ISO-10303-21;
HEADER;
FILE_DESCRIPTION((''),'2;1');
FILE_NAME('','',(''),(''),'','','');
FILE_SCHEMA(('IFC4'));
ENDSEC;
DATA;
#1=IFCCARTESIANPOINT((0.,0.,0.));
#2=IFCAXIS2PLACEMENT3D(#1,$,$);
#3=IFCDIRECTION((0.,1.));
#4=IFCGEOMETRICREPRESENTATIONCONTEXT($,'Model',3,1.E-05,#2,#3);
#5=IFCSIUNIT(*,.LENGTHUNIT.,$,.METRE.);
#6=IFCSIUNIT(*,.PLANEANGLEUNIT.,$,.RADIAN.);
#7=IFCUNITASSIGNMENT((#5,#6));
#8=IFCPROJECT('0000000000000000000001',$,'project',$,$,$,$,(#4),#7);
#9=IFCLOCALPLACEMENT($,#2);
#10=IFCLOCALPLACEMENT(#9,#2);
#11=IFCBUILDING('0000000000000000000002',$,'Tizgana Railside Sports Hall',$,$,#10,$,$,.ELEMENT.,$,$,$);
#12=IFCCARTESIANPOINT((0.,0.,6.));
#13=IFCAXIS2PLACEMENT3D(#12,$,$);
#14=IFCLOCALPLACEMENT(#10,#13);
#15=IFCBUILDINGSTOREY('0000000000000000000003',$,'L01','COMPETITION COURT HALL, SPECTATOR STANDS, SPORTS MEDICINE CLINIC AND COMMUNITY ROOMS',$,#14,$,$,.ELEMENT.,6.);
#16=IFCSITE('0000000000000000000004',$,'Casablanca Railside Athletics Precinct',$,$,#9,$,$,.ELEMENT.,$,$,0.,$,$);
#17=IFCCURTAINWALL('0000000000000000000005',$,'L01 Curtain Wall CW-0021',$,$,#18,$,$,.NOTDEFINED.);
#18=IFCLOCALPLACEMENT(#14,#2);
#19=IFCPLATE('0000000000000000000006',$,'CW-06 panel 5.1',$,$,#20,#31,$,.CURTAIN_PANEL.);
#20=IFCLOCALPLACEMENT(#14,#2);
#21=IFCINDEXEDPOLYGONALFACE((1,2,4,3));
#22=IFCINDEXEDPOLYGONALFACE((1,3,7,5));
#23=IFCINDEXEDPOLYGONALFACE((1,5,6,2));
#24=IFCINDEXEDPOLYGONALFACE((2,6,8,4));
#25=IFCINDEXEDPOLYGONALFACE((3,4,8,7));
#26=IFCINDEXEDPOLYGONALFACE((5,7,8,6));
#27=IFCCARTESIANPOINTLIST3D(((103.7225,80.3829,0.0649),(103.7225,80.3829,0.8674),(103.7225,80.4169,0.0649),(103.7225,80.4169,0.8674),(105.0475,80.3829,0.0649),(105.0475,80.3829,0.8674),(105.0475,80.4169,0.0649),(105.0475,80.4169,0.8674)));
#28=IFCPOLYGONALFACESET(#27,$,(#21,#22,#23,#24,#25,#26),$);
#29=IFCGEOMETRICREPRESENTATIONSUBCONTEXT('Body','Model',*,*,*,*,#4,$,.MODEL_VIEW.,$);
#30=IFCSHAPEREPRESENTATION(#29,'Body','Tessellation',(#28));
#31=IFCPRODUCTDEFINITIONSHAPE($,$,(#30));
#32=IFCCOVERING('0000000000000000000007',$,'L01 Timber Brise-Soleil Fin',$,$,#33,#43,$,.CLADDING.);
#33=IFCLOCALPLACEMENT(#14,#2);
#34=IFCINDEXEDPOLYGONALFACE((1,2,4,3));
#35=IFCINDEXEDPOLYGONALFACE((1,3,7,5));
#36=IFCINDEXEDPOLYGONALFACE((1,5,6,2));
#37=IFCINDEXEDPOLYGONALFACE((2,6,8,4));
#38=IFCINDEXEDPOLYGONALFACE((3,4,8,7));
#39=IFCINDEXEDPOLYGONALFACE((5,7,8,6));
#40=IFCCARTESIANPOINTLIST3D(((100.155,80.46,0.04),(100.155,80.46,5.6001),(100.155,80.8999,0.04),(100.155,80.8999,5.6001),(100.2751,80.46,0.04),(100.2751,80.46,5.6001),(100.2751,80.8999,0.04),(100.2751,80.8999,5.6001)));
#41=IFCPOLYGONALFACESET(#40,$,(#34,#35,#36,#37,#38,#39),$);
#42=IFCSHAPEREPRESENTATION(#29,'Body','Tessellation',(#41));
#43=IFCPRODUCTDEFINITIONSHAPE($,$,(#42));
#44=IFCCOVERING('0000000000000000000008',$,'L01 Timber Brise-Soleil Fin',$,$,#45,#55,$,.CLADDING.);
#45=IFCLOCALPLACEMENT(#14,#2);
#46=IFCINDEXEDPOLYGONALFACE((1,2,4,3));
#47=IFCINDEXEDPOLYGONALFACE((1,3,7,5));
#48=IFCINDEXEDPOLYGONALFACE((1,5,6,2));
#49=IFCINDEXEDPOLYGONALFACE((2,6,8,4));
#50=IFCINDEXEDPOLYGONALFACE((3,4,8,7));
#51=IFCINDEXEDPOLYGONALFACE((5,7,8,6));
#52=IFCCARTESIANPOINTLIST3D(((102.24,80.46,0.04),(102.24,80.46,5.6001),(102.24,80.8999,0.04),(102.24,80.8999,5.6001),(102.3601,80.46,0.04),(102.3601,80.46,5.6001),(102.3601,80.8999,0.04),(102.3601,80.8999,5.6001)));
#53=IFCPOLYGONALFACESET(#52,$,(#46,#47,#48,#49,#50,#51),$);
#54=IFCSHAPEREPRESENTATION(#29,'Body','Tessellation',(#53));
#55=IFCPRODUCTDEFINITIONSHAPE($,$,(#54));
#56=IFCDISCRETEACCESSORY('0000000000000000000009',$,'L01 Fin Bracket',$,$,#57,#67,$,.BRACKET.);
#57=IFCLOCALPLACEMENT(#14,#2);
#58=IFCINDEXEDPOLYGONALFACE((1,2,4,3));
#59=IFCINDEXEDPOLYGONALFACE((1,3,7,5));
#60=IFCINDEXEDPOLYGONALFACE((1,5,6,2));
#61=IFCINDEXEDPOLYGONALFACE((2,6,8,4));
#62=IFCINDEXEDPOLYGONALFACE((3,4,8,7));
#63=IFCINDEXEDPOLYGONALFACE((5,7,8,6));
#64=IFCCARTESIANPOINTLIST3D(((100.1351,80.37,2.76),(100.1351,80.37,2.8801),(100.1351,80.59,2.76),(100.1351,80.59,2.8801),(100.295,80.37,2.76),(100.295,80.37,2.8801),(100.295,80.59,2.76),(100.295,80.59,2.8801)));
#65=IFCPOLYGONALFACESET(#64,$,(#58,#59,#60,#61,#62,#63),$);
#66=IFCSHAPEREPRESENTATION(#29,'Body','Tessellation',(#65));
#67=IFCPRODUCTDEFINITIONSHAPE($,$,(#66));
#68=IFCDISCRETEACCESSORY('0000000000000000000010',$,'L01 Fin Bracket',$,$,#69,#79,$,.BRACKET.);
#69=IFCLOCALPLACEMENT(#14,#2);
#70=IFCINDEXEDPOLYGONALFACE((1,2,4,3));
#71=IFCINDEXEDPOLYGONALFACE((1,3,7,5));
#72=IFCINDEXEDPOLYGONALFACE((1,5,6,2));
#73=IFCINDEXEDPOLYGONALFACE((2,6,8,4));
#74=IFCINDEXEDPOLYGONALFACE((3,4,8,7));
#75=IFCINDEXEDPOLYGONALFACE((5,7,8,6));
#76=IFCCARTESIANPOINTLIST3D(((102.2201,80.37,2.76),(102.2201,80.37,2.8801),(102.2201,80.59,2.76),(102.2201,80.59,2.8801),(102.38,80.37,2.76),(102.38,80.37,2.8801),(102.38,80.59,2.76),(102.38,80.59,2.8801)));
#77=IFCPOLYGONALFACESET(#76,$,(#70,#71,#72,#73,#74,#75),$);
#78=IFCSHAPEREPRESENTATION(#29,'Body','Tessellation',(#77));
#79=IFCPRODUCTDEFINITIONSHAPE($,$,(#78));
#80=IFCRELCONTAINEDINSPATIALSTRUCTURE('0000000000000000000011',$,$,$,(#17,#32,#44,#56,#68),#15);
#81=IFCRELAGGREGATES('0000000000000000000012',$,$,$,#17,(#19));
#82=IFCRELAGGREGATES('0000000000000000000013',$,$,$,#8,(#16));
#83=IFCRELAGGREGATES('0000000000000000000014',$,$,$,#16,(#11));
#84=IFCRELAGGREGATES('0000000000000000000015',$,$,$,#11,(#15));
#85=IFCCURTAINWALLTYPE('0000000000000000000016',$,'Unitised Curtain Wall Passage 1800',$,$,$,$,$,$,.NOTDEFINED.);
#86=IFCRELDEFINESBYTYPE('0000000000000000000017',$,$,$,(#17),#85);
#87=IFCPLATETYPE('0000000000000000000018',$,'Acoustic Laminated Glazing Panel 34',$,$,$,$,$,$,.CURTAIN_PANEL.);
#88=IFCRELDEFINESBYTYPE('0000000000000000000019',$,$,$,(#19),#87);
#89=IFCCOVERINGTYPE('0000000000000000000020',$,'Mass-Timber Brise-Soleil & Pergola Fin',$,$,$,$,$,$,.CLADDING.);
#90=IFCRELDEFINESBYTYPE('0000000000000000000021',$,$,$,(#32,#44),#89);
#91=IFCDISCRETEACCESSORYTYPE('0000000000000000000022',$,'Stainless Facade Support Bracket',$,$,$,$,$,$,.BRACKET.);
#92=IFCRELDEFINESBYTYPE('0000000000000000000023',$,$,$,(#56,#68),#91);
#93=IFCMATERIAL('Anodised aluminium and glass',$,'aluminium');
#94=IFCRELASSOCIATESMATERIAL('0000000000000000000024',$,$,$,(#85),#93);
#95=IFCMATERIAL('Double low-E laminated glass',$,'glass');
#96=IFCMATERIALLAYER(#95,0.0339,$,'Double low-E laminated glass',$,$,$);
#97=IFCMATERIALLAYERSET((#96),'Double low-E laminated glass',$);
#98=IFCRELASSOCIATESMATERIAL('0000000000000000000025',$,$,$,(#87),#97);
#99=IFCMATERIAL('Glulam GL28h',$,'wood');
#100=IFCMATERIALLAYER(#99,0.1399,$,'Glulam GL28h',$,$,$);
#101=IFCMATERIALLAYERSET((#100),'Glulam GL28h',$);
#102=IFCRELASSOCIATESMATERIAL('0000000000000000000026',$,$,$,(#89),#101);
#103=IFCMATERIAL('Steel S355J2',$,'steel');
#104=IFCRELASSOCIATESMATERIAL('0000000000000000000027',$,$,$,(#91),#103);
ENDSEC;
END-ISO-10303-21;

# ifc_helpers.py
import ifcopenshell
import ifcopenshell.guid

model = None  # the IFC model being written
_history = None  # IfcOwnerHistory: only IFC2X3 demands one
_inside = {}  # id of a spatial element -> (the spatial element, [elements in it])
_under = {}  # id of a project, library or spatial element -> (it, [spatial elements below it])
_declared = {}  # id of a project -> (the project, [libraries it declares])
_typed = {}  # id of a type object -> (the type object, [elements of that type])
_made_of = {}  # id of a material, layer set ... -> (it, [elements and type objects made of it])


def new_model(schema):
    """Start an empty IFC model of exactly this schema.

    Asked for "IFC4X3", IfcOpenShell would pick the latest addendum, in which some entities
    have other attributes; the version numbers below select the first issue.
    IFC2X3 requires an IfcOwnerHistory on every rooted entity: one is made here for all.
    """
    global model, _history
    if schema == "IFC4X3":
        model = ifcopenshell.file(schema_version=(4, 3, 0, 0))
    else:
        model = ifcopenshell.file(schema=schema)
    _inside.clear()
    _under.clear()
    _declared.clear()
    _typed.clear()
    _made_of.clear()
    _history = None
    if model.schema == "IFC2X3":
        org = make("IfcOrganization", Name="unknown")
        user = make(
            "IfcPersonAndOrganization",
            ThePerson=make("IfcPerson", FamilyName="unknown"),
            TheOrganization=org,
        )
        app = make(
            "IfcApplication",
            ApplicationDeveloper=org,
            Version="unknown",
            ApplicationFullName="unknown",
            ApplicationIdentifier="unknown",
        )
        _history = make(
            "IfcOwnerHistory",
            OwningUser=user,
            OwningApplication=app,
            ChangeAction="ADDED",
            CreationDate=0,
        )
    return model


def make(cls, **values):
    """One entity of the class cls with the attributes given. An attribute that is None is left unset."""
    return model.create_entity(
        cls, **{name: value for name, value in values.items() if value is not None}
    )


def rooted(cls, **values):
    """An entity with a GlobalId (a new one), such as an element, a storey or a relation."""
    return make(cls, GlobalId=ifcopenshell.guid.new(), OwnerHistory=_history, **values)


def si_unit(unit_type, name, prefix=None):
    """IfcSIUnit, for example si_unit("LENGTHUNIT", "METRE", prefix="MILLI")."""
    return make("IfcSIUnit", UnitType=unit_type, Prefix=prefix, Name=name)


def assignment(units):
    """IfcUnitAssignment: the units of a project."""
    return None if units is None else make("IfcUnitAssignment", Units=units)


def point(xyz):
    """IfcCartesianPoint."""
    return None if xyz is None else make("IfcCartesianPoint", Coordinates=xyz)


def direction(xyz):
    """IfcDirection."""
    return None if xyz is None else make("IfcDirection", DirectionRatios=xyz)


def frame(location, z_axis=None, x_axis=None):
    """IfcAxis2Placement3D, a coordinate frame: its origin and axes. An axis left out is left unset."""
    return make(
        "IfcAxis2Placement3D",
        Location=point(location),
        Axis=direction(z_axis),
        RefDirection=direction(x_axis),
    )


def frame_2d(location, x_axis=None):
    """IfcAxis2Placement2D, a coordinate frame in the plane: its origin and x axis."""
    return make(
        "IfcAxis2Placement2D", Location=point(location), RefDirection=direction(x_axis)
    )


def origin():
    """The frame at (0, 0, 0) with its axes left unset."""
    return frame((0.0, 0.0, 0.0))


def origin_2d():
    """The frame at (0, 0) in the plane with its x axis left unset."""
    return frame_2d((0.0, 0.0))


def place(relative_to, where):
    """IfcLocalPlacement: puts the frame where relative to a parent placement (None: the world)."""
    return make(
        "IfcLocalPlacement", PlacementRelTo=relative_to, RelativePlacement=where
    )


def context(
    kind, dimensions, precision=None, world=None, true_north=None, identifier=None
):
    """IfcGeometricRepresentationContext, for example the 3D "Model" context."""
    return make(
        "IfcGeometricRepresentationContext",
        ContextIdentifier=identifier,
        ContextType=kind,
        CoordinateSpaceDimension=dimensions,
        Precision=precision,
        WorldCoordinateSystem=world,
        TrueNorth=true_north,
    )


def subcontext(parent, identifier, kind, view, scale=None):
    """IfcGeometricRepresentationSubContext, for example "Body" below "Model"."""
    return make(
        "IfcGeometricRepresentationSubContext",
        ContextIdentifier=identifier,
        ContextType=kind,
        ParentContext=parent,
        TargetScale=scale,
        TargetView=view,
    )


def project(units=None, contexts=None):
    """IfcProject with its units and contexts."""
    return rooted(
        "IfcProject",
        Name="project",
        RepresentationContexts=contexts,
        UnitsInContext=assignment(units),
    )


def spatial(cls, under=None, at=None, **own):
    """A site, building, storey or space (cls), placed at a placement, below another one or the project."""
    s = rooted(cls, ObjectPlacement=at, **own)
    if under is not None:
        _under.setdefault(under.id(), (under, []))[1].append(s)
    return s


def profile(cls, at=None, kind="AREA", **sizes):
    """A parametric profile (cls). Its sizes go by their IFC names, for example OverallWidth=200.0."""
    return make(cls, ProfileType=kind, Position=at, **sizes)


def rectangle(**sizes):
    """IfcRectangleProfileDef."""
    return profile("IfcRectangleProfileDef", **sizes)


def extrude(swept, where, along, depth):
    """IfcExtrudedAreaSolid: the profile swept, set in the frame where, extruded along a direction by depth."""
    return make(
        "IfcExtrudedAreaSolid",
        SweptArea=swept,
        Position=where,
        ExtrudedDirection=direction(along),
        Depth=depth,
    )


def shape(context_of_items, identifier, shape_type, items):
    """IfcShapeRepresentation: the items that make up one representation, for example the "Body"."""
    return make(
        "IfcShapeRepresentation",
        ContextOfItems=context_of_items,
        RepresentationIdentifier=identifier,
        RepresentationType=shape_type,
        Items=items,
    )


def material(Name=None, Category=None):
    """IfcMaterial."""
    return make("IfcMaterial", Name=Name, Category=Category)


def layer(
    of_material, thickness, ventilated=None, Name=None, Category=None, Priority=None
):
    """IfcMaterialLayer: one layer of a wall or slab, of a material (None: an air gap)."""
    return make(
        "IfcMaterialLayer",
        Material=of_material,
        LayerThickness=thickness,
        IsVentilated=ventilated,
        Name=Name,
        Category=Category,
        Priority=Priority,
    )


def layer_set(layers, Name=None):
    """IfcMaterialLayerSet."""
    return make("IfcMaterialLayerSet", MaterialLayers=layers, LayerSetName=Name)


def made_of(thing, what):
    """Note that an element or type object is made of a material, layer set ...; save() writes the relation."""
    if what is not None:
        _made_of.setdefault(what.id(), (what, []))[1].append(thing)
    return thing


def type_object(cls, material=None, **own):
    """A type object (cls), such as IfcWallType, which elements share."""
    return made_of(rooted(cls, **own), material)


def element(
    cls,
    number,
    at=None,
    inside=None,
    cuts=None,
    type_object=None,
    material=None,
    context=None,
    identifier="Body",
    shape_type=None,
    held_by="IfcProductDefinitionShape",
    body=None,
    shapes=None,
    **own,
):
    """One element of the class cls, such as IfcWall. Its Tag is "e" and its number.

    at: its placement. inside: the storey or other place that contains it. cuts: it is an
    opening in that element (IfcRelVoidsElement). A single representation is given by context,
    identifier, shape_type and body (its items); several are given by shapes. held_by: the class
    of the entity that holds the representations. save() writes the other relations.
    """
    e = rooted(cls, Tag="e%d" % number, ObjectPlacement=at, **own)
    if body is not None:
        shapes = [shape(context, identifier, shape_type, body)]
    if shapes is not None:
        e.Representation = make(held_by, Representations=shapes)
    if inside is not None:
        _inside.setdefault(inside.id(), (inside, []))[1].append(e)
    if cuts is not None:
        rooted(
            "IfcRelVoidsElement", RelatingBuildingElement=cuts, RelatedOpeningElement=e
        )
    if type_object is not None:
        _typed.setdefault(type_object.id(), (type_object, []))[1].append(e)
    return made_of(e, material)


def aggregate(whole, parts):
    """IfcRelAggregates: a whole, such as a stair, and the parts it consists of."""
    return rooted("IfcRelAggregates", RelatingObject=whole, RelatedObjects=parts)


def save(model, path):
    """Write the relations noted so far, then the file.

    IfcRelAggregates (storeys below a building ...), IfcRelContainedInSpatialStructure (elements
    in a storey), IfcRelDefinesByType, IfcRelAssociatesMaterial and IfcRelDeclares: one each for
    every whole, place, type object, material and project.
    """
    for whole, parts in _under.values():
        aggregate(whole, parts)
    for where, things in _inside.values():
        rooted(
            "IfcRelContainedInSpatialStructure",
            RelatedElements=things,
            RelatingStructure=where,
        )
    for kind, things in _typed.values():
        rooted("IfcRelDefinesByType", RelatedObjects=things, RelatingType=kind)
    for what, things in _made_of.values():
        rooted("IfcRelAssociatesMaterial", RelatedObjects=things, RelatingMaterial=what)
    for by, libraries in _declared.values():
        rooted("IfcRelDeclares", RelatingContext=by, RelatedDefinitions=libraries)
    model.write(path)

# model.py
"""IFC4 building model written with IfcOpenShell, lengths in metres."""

from ifc_helpers import new_model, si_unit, direction, frame, origin, origin_2d, place, context, subcontext, project, spatial, rectangle, extrude, material, layer, layer_set, type_object, element, aggregate, save


model = new_model("IFC4")

# Units and contexts
model_context = context("Model", 3, precision=1e-05, world=origin(), true_north=direction((0.0, 1.0)))
body_context = subcontext(model_context, "Body", "Model", "MODEL_VIEW")
ifc_project = project(units=[si_unit("LENGTHUNIT", "METRE"), si_unit("PLANEANGLEUNIT", "RADIAN")], contexts=[model_context])

# Site, building, storey
site_placement = place(None, origin())
site = spatial("IfcSite", under=ifc_project, at=site_placement, Name="Casablanca Railside Athletics Precinct", CompositionType="ELEMENT", RefElevation=0.0)
building_placement = place(site_placement, origin())
building = spatial("IfcBuilding", under=site, at=building_placement, Name="Tizgana Railside Sports Hall", CompositionType="ELEMENT")
storey_placement = place(building_placement, frame((0.0, 0.0, 6.0)))
storey = spatial("IfcBuildingStorey", under=building, at=storey_placement, Name="L01", Description="COMPETITION COURT HALL, SPECTATOR STANDS, SPORTS MEDICINE CLINIC AND COMMUNITY ROOMS", CompositionType="ELEMENT", Elevation=6.0)

# Curtain wall, plate
ifc_material_1 = material(Name="Anodised aluminium and glass", Category="aluminium")
curtain_wall_type = type_object("IfcCurtainWallType", Name="Unitised Curtain Wall Passage 1800", PredefinedType="NOTDEFINED", material=ifc_material_1)
curtain_wall_placement = place(storey_placement, origin())
curtain_wall = element("IfcCurtainWall", 1, at=curtain_wall_placement, inside=storey, type_object=curtain_wall_type, Name="L01 Curtain Wall CW-0021", PredefinedType="NOTDEFINED")
ifc_material_2 = material(Name="Double low-E laminated glass", Category="glass")
ifc_layer_1 = layer(ifc_material_2, 0.0339, Name="Double low-E laminated glass")
ifc_layer_set_1 = layer_set([ifc_layer_1], Name="Double low-E laminated glass")
plate_type = type_object("IfcPlateType", Name="Acoustic Laminated Glazing Panel 34", PredefinedType="CURTAIN_PANEL", material=ifc_layer_set_1)
plate_1_placement = place(storey_placement, frame((104.385, 80.3999, 0.0649), z_axis=(0.0, 0.0, 1.0), x_axis=(1.0, 0.0, 0.0)))
plate_1 = element("IfcPlate", 2, at=plate_1_placement, type_object=plate_type, Name="CW-06 panel 5.1", PredefinedType="CURTAIN_PANEL", context=body_context, shape_type="SweptSolid", body=[
    extrude(rectangle(XDim=1.325, YDim=0.0339, at=origin_2d()), origin(), (0.0, 0.0, 1.0), 0.8025),
])
aggregate(curtain_wall, [plate_1])

# Coverings
ifc_material_3 = material(Name="Glulam GL28h", Category="wood")
ifc_layer_2 = layer(ifc_material_3, 0.1399, Name="Glulam GL28h")
ifc_layer_set_2 = layer_set([ifc_layer_2], Name="Glulam GL28h")
covering_type = type_object("IfcCoveringType", Name="Mass-Timber Brise-Soleil & Pergola Fin", PredefinedType="CLADDING", material=ifc_layer_set_2)
for number, where, z_axis, x_axis, name in (
    (3, (100.2151, 80.6799, 0.04), (0.0, 0.0, 1.0), (1.0, 0.0, 0.0), "L01 Timber Brise-Soleil Fin"),
    (4, (102.3, 80.6799, 0.04), (0.0, 0.0, 1.0), (1.0, 0.0, 0.0), "L01 Timber Brise-Soleil Fin"),
):
    element("IfcCovering", number, at=place(storey_placement, frame(where, z_axis=z_axis, x_axis=x_axis)), inside=storey, type_object=covering_type, Name=name, PredefinedType="CLADDING", context=body_context, shape_type="SweptSolid", body=[
        extrude(rectangle(XDim=0.1201, YDim=0.4399, at=origin_2d()), origin(), (0.0, 0.0, 1.0), 5.5601),
    ])

# Discrete accessories
ifc_material_4 = material(Name="Steel S355J2", Category="steel")
discrete_accessory_type = type_object("IfcDiscreteAccessoryType", Name="Stainless Facade Support Bracket", PredefinedType="BRACKET", material=ifc_material_4)
for number, where, z_axis, x_axis, name in (
    (5, (100.2151, 80.48, 2.76), (0.0, 0.0, 1.0), (1.0, 0.0, 0.0), "L01 Fin Bracket"),
    (6, (102.3, 80.48, 2.76), (0.0, 0.0, 1.0), (1.0, 0.0, 0.0), "L01 Fin Bracket"),
):
    element("IfcDiscreteAccessory", number, at=place(storey_placement, frame(where, z_axis=z_axis, x_axis=x_axis)), inside=storey, type_object=discrete_accessory_type, Name=name, PredefinedType="BRACKET", context=body_context, shape_type="SweptSolid", body=[
        extrude(rectangle(XDim=0.1599, YDim=0.22, at=origin_2d()), origin(), (0.0, 0.0, 1.0), 0.1201),
    ])

save(model, "model.ifc")
